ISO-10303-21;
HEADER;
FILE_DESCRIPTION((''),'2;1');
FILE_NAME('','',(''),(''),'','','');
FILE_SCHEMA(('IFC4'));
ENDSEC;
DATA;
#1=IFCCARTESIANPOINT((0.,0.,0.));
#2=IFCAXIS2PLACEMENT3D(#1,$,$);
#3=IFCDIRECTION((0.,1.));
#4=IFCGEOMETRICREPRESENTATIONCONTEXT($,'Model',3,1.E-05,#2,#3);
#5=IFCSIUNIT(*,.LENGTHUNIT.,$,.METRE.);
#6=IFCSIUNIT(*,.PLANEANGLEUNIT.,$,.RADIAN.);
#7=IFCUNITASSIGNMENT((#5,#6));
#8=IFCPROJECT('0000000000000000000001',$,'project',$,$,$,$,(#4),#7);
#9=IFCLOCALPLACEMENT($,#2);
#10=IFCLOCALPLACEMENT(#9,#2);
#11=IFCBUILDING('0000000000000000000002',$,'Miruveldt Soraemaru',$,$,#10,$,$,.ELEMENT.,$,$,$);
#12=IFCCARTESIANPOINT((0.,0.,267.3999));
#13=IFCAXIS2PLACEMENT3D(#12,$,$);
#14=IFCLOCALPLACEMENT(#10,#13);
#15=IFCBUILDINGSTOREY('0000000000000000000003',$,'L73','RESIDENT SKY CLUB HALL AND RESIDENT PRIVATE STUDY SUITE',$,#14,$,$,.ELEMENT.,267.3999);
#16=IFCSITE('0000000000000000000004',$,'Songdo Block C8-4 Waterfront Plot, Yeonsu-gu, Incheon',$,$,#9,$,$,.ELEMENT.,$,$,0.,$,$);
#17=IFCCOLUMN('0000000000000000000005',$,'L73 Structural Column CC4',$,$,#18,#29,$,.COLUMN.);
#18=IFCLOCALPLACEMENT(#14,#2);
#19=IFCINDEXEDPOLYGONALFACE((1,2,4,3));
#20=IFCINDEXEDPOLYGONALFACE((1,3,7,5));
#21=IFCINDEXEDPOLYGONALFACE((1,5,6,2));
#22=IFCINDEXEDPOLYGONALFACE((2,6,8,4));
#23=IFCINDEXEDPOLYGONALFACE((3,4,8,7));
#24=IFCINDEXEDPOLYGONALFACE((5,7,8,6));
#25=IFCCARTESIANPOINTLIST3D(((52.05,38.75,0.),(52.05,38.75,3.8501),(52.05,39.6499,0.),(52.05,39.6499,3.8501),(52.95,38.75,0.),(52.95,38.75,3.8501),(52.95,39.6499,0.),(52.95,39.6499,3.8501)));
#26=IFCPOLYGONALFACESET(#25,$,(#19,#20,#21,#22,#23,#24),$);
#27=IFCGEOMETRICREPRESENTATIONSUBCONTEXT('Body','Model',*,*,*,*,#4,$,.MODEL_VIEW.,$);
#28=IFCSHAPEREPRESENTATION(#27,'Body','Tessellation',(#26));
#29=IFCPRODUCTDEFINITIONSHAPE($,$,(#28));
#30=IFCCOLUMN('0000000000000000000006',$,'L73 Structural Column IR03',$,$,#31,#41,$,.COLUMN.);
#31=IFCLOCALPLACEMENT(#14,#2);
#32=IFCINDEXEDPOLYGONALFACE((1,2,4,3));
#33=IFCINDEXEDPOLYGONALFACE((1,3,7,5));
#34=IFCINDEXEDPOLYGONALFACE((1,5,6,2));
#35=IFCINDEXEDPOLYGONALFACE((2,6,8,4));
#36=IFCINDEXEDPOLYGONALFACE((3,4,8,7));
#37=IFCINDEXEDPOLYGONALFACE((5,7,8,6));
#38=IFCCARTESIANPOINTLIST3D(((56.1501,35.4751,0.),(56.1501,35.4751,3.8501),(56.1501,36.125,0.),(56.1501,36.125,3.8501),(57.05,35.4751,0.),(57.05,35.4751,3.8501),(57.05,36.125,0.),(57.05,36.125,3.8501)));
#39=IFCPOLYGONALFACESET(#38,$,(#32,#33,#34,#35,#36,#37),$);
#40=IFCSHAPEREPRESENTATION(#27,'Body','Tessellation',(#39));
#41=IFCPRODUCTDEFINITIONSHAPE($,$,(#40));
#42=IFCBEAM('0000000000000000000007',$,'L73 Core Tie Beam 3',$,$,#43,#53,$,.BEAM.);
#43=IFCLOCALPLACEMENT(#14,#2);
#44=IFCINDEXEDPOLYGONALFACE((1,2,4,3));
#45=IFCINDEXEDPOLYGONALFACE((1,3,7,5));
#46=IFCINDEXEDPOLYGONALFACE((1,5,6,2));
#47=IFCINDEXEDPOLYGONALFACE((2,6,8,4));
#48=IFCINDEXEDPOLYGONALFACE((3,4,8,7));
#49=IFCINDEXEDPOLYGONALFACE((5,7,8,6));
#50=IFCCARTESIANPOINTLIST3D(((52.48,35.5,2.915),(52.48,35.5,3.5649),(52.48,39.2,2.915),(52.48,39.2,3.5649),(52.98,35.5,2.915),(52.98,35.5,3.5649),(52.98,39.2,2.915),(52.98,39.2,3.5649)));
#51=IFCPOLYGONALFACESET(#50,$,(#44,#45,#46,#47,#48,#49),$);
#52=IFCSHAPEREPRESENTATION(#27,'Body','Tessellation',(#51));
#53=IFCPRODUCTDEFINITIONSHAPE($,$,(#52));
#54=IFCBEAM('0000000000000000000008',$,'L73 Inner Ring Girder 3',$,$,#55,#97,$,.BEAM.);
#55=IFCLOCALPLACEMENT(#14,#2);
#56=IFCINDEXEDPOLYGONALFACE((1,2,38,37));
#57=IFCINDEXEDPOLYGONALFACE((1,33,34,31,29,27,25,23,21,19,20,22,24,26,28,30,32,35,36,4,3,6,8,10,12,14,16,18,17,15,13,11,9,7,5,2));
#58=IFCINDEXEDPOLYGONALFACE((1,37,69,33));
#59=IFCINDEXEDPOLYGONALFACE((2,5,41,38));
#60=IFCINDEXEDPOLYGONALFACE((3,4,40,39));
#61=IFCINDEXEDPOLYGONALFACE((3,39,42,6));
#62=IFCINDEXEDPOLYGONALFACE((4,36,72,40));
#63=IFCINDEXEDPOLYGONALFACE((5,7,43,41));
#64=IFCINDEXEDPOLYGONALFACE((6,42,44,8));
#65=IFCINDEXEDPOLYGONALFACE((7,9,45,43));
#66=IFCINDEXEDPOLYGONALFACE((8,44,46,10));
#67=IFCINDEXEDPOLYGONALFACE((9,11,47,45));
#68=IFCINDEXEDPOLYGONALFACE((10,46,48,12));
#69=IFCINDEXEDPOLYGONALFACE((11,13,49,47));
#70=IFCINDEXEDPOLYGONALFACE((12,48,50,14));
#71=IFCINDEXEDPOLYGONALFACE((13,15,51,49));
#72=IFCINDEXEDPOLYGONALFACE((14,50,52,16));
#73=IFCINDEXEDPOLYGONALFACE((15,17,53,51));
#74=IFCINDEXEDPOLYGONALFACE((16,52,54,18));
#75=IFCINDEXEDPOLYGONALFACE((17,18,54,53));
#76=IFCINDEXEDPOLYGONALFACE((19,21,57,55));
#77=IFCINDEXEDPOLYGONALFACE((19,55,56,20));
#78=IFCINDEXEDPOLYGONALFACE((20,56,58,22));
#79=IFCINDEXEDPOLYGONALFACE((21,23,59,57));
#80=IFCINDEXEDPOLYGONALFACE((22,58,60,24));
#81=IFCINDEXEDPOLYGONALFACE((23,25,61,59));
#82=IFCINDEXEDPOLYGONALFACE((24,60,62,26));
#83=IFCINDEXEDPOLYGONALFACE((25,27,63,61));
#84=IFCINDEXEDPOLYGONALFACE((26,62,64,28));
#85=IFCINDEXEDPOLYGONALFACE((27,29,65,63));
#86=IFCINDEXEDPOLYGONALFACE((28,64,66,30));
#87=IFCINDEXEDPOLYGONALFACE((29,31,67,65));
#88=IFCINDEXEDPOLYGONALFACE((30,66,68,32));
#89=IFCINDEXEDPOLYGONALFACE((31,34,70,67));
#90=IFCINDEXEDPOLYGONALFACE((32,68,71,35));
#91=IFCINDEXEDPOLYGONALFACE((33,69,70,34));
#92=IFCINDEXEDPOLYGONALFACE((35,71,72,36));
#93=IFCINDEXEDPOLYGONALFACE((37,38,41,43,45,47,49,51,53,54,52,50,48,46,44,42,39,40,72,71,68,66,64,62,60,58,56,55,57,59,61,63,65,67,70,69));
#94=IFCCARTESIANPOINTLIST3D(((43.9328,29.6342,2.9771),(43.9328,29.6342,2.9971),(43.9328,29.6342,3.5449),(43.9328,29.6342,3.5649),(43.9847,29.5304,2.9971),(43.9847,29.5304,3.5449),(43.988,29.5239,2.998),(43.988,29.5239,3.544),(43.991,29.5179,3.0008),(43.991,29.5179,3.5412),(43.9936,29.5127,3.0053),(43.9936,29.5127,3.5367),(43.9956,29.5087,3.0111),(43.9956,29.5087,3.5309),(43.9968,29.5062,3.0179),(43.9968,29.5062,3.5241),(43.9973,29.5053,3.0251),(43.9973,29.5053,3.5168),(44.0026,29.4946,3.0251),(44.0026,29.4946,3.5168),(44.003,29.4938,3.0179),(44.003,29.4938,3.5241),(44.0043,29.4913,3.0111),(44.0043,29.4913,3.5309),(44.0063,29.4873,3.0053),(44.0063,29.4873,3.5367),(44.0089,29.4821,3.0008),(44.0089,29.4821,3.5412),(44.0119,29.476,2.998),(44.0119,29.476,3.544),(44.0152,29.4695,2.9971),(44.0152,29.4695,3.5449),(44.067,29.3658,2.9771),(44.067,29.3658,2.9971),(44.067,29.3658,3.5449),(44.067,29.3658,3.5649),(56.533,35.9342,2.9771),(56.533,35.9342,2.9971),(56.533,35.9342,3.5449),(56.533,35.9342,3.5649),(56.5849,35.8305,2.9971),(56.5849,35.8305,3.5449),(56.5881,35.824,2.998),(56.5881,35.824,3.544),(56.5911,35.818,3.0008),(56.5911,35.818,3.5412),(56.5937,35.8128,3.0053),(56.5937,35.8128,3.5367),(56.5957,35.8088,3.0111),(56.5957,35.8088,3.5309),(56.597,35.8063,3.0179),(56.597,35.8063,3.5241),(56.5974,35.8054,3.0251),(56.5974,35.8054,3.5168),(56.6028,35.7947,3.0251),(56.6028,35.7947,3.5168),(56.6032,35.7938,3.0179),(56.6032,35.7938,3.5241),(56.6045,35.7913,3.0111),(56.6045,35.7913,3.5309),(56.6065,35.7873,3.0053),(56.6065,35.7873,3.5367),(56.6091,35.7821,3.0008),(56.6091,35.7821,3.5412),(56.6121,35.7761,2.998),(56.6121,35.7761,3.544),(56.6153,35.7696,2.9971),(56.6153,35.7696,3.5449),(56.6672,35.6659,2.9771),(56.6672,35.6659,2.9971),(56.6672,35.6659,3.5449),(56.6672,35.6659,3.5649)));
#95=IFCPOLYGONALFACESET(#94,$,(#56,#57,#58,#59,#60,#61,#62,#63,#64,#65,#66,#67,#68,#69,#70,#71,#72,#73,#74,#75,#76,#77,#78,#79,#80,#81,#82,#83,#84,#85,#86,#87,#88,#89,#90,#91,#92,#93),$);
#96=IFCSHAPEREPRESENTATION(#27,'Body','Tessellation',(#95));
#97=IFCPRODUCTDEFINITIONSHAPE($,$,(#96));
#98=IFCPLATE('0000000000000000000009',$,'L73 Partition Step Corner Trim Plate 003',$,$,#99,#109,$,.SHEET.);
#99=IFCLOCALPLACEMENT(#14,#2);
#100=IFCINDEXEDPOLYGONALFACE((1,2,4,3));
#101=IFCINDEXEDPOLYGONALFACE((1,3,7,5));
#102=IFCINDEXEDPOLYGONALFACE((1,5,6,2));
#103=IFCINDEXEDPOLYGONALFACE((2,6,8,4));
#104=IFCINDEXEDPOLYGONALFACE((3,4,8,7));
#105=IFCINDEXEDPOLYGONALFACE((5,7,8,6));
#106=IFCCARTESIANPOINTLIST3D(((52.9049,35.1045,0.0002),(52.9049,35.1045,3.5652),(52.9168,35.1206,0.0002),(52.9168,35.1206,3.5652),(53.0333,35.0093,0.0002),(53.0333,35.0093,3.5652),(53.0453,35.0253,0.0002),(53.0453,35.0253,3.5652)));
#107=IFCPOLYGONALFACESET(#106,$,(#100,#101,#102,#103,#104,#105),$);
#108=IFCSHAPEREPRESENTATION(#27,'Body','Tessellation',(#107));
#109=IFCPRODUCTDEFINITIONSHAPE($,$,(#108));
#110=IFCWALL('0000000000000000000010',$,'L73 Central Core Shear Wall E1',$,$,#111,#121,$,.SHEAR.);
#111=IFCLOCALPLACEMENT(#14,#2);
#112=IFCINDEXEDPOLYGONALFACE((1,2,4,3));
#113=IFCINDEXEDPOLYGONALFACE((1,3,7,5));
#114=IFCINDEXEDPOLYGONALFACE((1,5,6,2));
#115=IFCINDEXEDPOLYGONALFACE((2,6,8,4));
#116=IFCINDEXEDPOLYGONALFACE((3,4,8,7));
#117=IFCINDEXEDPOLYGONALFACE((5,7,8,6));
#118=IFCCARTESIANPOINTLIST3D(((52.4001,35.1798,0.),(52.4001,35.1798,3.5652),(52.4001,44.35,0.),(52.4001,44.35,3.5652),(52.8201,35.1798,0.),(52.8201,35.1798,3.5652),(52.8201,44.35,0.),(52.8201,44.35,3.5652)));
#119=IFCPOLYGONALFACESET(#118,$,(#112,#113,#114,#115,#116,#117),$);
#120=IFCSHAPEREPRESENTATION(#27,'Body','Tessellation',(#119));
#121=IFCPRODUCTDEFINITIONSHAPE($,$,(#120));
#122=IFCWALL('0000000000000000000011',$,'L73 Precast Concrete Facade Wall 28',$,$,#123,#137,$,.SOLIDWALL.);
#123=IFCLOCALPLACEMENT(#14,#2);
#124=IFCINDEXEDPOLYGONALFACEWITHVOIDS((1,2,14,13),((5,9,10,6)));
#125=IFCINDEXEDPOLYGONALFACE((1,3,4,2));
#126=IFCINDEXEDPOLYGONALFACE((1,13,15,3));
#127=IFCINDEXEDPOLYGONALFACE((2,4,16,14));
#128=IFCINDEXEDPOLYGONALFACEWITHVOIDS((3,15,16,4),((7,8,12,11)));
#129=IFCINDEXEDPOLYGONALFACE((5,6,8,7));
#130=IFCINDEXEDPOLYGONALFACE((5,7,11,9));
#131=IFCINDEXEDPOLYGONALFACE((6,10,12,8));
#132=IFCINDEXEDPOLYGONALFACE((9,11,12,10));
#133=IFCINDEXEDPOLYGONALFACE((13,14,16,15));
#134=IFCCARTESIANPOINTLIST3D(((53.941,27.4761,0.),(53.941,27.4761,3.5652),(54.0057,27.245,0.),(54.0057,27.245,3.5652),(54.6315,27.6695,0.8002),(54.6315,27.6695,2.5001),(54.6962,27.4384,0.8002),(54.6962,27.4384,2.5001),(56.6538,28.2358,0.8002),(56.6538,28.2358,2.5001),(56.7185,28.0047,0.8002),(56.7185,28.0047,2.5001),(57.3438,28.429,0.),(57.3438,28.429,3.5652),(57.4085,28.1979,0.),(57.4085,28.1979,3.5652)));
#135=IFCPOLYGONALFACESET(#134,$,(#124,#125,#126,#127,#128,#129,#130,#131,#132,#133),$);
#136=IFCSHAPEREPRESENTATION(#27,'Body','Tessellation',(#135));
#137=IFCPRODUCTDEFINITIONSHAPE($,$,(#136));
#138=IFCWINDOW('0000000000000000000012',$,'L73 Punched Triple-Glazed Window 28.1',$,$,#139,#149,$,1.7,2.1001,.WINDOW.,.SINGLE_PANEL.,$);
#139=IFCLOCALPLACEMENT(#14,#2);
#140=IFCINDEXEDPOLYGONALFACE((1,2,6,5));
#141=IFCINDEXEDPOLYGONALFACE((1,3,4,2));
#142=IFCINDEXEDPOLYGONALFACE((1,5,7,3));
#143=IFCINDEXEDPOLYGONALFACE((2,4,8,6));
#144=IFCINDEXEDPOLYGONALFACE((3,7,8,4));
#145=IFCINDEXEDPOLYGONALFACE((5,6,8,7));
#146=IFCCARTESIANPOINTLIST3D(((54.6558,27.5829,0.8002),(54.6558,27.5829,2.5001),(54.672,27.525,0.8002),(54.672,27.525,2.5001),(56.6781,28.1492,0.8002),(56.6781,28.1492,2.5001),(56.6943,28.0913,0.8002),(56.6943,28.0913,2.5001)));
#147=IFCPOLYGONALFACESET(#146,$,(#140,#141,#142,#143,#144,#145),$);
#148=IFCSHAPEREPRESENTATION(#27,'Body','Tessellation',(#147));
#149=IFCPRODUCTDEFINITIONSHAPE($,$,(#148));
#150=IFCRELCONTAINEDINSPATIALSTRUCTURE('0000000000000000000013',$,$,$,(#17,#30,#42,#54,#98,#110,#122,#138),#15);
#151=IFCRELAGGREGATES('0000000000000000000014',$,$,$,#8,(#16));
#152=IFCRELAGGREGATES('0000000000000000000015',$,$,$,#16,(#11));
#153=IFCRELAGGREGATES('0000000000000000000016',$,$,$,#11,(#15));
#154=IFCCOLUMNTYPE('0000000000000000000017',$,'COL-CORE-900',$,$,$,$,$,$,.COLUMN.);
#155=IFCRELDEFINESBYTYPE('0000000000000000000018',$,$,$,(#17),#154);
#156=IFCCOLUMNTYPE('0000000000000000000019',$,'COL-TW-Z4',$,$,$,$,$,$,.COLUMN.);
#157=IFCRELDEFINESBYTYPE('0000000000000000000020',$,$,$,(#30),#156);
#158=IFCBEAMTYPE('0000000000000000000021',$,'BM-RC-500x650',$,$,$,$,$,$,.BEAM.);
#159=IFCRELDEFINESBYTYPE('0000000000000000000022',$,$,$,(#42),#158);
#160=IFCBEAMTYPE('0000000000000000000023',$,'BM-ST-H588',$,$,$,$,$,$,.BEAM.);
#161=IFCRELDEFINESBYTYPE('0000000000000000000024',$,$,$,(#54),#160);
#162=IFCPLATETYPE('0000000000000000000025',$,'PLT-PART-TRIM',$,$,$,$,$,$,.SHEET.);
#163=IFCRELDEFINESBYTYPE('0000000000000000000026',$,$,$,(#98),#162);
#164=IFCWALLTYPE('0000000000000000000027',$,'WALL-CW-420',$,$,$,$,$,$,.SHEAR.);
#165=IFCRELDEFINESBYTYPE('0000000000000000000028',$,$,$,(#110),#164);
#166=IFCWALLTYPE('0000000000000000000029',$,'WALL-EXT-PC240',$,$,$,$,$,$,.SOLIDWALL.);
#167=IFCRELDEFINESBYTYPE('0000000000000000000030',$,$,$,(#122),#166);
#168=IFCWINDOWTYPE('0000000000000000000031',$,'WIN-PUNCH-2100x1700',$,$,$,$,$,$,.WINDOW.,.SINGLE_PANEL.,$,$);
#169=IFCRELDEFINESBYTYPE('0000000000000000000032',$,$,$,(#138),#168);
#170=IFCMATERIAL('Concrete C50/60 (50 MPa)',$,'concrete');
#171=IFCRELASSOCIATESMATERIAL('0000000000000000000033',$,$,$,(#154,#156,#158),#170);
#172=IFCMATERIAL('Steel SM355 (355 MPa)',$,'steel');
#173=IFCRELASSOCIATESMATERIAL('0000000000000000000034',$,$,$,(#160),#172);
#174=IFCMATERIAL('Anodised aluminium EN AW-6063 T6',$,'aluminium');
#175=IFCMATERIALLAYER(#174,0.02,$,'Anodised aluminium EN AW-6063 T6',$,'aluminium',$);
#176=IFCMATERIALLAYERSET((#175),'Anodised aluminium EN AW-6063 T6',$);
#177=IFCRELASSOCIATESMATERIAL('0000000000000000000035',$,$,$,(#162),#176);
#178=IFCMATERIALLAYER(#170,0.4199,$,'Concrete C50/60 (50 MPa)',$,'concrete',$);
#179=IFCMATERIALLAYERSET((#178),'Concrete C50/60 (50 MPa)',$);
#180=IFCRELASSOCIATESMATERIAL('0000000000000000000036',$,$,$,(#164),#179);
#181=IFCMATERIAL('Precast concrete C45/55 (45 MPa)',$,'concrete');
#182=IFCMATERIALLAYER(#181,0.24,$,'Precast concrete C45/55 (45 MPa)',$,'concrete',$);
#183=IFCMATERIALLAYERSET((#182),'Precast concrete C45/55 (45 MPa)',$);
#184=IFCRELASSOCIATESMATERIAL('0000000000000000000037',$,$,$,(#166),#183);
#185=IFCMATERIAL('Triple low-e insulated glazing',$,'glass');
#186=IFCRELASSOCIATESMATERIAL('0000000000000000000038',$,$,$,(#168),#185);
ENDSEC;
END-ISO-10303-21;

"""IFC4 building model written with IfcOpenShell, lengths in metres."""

from ifc_helpers import new_model, si_unit, direction, frame, frame_2d, origin, origin_2d, place, context, subcontext, project, spatial, rectangle, i_section, extrude, material, layer, layer_set, material_profile, profile_set, type_object, element, fill, save


model = new_model("IFC4")

# Units and contexts
model_context = context("Model", 3, precision=1e-05, world=origin(), true_north=direction((0.0, 1.0)))
body_context = subcontext(model_context, "Body", "Model", "MODEL_VIEW")
ifc_project = project(units=[si_unit("LENGTHUNIT", "METRE"), si_unit("PLANEANGLEUNIT", "RADIAN")], contexts=[model_context])

# Site, building, storey
site_placement = place(None, origin())
site = spatial("IfcSite", under=ifc_project, at=site_placement, Name="Songdo Block C8-4 Waterfront Plot, Yeonsu-gu, Incheon", CompositionType="ELEMENT", RefElevation=0.0)
building_placement = place(site_placement, origin())
building = spatial("IfcBuilding", under=site, at=building_placement, Name="Miruveldt Soraemaru", CompositionType="ELEMENT")
storey_placement = place(building_placement, frame((0.0, 0.0, 267.3999)))
storey = spatial("IfcBuildingStorey", under=building, at=storey_placement, Name="L73", Description="RESIDENT SKY CLUB HALL AND RESIDENT PRIVATE STUDY SUITE", CompositionType="ELEMENT", Elevation=267.3999)

# Columns
ifc_material_1 = material(Name="Concrete C50/60 (50 MPa)", Category="concrete")
ifc_material_profile_1 = material_profile(ifc_material_1, rectangle(XDim=0.8999, YDim=0.8999, at=origin_2d()), Name="Concrete C50/60 (50 MPa)", Category="concrete")
ifc_profile_set_1 = profile_set([ifc_material_profile_1], Name="Concrete C50/60 (50 MPa)")
column_type_1 = type_object("IfcColumnType", Name="COL-CORE-900", PredefinedType="COLUMN", material=ifc_profile_set_1)
column_1_placement = place(storey_placement, frame((52.5, 39.2, 0.0), z_axis=(0.0, 0.0, 1.0), x_axis=(1.0, 0.0, 0.0)))
element("IfcColumn", 1, at=column_1_placement, inside=storey, type_object=column_type_1, Name="L73 Structural Column CC4", PredefinedType="COLUMN", context=body_context, shape_type="SweptSolid", body=[
    extrude(rectangle(XDim=0.8999, YDim=0.8999, at=origin_2d()), origin(), (0.0, 0.0, 1.0), 3.8501),
])
ifc_material_profile_2 = material_profile(ifc_material_1, rectangle(XDim=0.8999, YDim=0.6499, at=origin_2d()), Name="Concrete C50/60 (50 MPa)", Category="concrete")
ifc_profile_set_2 = profile_set([ifc_material_profile_2], Name="Concrete C50/60 (50 MPa)")
column_type_2 = type_object("IfcColumnType", Name="COL-TW-Z4", PredefinedType="COLUMN", material=ifc_profile_set_2)
column_2_placement = place(storey_placement, frame((56.6001, 35.8, 0.0), z_axis=(0.0, 0.0, 1.0), x_axis=(1.0, 0.0, 0.0)))
element("IfcColumn", 2, at=column_2_placement, inside=storey, type_object=column_type_2, Name="L73 Structural Column IR03", PredefinedType="COLUMN", context=body_context, shape_type="SweptSolid", body=[
    extrude(rectangle(XDim=0.8999, YDim=0.6499, at=origin_2d()), origin(), (0.0, 0.0, 1.0), 3.8501),
])

# Beams
ifc_material_profile_3 = material_profile(ifc_material_1, rectangle(XDim=0.5, YDim=0.6499, at=origin_2d()), Name="Concrete C50/60 (50 MPa)", Category="concrete")
ifc_profile_set_3 = profile_set([ifc_material_profile_3], Name="Concrete C50/60 (50 MPa)")
beam_type_1 = type_object("IfcBeamType", Name="BM-RC-500x650", PredefinedType="BEAM", material=ifc_profile_set_3)
beam_1_placement = place(storey_placement, frame((52.73, 35.5, 3.24), z_axis=(0.0, 1.0, 0.0), x_axis=(-1.0, 0.0, 0.0)))
element("IfcBeam", 3, at=beam_1_placement, inside=storey, type_object=beam_type_1, Name="L73 Core Tie Beam 3", PredefinedType="BEAM", context=body_context, shape_type="SweptSolid", body=[
    extrude(rectangle(XDim=0.5, YDim=0.6499, at=origin_2d()), origin(), (0.0, 0.0, 1.0), 3.7),
])
ifc_material_2 = material(Name="Steel SM355 (355 MPa)", Category="steel")
ifc_material_profile_4 = material_profile(ifc_material_2, i_section(OverallWidth=0.3, OverallDepth=0.5879, WebThickness=0.012, FlangeThickness=0.02, FilletRadius=0.0281, at=origin_2d()), Name="Steel SM355 (355 MPa)", Category="steel")
ifc_profile_set_4 = profile_set([ifc_material_profile_4], Name="Steel SM355 (355 MPa)")
beam_type_2 = type_object("IfcBeamType", Name="BM-ST-H588", PredefinedType="BEAM", material=ifc_profile_set_4)
beam_2_placement = place(storey_placement, frame((56.6001, 35.8, 3.271), z_axis=(-0.894427, -0.447214, 0.0), x_axis=(0.447214, -0.894427, 0.0)))
element("IfcBeam", 4, at=beam_2_placement, inside=storey, type_object=beam_type_2, Name="L73 Inner Ring Girder 3", PredefinedType="BEAM", context=body_context, shape_type="SweptSolid", body=[
    extrude(i_section(OverallWidth=0.3, OverallDepth=0.5879, WebThickness=0.012, FlangeThickness=0.02, FilletRadius=0.0281, at=origin_2d()), origin(), (0.0, 0.0, 1.0), 14.0874),
])

# Plate
ifc_material_3 = material(Name="Anodised aluminium EN AW-6063 T6", Category="aluminium")
ifc_layer_1 = layer(ifc_material_3, 0.02, Name="Anodised aluminium EN AW-6063 T6", Category="aluminium")
ifc_layer_set_1 = layer_set([ifc_layer_1], Name="Anodised aluminium EN AW-6063 T6")
plate_type = type_object("IfcPlateType", Name="PLT-PART-TRIM", PredefinedType="SHEET", material=ifc_layer_set_1)
plate_placement = place(storey_placement, frame((52.9751, 35.0649, 0.0002), z_axis=(0.0, 0.0, 1.0), x_axis=(-0.80313, 0.595804, 0.0)))
element("IfcPlate", 5, at=plate_placement, inside=storey, type_object=plate_type, Name="L73 Partition Step Corner Trim Plate 003", PredefinedType="SHEET", context=body_context, shape_type="SweptSolid", body=[
    extrude(rectangle(XDim=0.1599, YDim=0.02, at=origin_2d()), origin(), (0.0, 0.0, 1.0), 3.5649),
])

# Wall
ifc_layer_2 = layer(ifc_material_1, 0.4199, Name="Concrete C50/60 (50 MPa)", Category="concrete")
ifc_layer_set_2 = layer_set([ifc_layer_2], Name="Concrete C50/60 (50 MPa)")
wall_type_1 = type_object("IfcWallType", Name="WALL-CW-420", PredefinedType="SHEAR", material=ifc_layer_set_2)
wall_1_placement = place(storey_placement, frame((52.6101, 35.1799, 0.0), z_axis=(0.0, 0.0, 1.0), x_axis=(0.0, 1.0, 0.0)))
element("IfcWall", 6, at=wall_1_placement, inside=storey, type_object=wall_type_1, Name="L73 Central Core Shear Wall E1", PredefinedType="SHEAR", context=body_context, shape_type="SweptSolid", body=[
    extrude(rectangle(XDim=9.1702, YDim=0.4199, at=frame_2d((4.585, 0.0))), origin(), (0.0, 0.0, 1.0), 3.5652),
])

# Wall, opening, window
ifc_material_4 = material(Name="Precast concrete C45/55 (45 MPa)", Category="concrete")
ifc_layer_3 = layer(ifc_material_4, 0.24, Name="Precast concrete C45/55 (45 MPa)", Category="concrete")
ifc_layer_set_3 = layer_set([ifc_layer_3], Name="Precast concrete C45/55 (45 MPa)")
wall_type_2 = type_object("IfcWallType", Name="WALL-EXT-PC240", PredefinedType="SOLIDWALL", material=ifc_layer_set_3)
wall_2_placement = place(storey_placement, frame((53.9734, 27.3606, 0.0), z_axis=(0.0, 0.0, 1.0), x_axis=(0.962958, 0.269653, 0.0)))
wall_2 = element("IfcWall", 7, at=wall_2_placement, inside=storey, type_object=wall_type_2, Name="L73 Precast Concrete Facade Wall 28", PredefinedType="SOLIDWALL", context=body_context, shape_type="SweptSolid", body=[
    extrude(rectangle(XDim=3.5337, YDim=0.24, at=frame_2d((1.7668, 0.0))), origin(), (0.0, 0.0, 1.0), 3.5652),
])
opening_1_placement = place(wall_2_placement, frame((0.717, 0.0, 0.8)))
opening_1 = element("IfcOpeningElement", 8, at=opening_1_placement, cuts=wall_2, PredefinedType="OPENING", context=body_context, shape_type="SweptSolid", body=[
    extrude(rectangle(XDim=2.1001, YDim=1.7, at=frame_2d((1.05, 0.8501))), frame((0.0, 0.1299, 0.0), z_axis=(0.0, -1.0, 0.0), x_axis=(1.0, 0.0, 0.0)), (0.0, 0.0, 1.0), 0.26),
])
ifc_material_5 = material(Name="Triple low-e insulated glazing", Category="glass")
window_type_1 = type_object("IfcWindowType", Name="WIN-PUNCH-2100x1700", PartitioningType="SINGLE_PANEL", PredefinedType="WINDOW", material=ifc_material_5)
window_1_placement = place(opening_1_placement, origin())
window_1 = element("IfcWindow", 9, at=window_1_placement, inside=storey, type_object=window_type_1, Name="L73 Punched Triple-Glazed Window 28.1", OverallHeight=1.7, OverallWidth=2.1001, PartitioningType="SINGLE_PANEL", PredefinedType="WINDOW", context=body_context, shape_type="SweptSolid", body=[
    extrude(rectangle(XDim=2.1001, YDim=1.7, at=frame_2d((1.05, 0.8501))), frame((0.0, 0.03, 0.0), z_axis=(0.0, -1.0, 0.0), x_axis=(1.0, 0.0, 0.0)), (0.0, 0.0, 1.0), 0.0601),
])
fill(opening_1, window_1)

save(model, "model.ifc")
